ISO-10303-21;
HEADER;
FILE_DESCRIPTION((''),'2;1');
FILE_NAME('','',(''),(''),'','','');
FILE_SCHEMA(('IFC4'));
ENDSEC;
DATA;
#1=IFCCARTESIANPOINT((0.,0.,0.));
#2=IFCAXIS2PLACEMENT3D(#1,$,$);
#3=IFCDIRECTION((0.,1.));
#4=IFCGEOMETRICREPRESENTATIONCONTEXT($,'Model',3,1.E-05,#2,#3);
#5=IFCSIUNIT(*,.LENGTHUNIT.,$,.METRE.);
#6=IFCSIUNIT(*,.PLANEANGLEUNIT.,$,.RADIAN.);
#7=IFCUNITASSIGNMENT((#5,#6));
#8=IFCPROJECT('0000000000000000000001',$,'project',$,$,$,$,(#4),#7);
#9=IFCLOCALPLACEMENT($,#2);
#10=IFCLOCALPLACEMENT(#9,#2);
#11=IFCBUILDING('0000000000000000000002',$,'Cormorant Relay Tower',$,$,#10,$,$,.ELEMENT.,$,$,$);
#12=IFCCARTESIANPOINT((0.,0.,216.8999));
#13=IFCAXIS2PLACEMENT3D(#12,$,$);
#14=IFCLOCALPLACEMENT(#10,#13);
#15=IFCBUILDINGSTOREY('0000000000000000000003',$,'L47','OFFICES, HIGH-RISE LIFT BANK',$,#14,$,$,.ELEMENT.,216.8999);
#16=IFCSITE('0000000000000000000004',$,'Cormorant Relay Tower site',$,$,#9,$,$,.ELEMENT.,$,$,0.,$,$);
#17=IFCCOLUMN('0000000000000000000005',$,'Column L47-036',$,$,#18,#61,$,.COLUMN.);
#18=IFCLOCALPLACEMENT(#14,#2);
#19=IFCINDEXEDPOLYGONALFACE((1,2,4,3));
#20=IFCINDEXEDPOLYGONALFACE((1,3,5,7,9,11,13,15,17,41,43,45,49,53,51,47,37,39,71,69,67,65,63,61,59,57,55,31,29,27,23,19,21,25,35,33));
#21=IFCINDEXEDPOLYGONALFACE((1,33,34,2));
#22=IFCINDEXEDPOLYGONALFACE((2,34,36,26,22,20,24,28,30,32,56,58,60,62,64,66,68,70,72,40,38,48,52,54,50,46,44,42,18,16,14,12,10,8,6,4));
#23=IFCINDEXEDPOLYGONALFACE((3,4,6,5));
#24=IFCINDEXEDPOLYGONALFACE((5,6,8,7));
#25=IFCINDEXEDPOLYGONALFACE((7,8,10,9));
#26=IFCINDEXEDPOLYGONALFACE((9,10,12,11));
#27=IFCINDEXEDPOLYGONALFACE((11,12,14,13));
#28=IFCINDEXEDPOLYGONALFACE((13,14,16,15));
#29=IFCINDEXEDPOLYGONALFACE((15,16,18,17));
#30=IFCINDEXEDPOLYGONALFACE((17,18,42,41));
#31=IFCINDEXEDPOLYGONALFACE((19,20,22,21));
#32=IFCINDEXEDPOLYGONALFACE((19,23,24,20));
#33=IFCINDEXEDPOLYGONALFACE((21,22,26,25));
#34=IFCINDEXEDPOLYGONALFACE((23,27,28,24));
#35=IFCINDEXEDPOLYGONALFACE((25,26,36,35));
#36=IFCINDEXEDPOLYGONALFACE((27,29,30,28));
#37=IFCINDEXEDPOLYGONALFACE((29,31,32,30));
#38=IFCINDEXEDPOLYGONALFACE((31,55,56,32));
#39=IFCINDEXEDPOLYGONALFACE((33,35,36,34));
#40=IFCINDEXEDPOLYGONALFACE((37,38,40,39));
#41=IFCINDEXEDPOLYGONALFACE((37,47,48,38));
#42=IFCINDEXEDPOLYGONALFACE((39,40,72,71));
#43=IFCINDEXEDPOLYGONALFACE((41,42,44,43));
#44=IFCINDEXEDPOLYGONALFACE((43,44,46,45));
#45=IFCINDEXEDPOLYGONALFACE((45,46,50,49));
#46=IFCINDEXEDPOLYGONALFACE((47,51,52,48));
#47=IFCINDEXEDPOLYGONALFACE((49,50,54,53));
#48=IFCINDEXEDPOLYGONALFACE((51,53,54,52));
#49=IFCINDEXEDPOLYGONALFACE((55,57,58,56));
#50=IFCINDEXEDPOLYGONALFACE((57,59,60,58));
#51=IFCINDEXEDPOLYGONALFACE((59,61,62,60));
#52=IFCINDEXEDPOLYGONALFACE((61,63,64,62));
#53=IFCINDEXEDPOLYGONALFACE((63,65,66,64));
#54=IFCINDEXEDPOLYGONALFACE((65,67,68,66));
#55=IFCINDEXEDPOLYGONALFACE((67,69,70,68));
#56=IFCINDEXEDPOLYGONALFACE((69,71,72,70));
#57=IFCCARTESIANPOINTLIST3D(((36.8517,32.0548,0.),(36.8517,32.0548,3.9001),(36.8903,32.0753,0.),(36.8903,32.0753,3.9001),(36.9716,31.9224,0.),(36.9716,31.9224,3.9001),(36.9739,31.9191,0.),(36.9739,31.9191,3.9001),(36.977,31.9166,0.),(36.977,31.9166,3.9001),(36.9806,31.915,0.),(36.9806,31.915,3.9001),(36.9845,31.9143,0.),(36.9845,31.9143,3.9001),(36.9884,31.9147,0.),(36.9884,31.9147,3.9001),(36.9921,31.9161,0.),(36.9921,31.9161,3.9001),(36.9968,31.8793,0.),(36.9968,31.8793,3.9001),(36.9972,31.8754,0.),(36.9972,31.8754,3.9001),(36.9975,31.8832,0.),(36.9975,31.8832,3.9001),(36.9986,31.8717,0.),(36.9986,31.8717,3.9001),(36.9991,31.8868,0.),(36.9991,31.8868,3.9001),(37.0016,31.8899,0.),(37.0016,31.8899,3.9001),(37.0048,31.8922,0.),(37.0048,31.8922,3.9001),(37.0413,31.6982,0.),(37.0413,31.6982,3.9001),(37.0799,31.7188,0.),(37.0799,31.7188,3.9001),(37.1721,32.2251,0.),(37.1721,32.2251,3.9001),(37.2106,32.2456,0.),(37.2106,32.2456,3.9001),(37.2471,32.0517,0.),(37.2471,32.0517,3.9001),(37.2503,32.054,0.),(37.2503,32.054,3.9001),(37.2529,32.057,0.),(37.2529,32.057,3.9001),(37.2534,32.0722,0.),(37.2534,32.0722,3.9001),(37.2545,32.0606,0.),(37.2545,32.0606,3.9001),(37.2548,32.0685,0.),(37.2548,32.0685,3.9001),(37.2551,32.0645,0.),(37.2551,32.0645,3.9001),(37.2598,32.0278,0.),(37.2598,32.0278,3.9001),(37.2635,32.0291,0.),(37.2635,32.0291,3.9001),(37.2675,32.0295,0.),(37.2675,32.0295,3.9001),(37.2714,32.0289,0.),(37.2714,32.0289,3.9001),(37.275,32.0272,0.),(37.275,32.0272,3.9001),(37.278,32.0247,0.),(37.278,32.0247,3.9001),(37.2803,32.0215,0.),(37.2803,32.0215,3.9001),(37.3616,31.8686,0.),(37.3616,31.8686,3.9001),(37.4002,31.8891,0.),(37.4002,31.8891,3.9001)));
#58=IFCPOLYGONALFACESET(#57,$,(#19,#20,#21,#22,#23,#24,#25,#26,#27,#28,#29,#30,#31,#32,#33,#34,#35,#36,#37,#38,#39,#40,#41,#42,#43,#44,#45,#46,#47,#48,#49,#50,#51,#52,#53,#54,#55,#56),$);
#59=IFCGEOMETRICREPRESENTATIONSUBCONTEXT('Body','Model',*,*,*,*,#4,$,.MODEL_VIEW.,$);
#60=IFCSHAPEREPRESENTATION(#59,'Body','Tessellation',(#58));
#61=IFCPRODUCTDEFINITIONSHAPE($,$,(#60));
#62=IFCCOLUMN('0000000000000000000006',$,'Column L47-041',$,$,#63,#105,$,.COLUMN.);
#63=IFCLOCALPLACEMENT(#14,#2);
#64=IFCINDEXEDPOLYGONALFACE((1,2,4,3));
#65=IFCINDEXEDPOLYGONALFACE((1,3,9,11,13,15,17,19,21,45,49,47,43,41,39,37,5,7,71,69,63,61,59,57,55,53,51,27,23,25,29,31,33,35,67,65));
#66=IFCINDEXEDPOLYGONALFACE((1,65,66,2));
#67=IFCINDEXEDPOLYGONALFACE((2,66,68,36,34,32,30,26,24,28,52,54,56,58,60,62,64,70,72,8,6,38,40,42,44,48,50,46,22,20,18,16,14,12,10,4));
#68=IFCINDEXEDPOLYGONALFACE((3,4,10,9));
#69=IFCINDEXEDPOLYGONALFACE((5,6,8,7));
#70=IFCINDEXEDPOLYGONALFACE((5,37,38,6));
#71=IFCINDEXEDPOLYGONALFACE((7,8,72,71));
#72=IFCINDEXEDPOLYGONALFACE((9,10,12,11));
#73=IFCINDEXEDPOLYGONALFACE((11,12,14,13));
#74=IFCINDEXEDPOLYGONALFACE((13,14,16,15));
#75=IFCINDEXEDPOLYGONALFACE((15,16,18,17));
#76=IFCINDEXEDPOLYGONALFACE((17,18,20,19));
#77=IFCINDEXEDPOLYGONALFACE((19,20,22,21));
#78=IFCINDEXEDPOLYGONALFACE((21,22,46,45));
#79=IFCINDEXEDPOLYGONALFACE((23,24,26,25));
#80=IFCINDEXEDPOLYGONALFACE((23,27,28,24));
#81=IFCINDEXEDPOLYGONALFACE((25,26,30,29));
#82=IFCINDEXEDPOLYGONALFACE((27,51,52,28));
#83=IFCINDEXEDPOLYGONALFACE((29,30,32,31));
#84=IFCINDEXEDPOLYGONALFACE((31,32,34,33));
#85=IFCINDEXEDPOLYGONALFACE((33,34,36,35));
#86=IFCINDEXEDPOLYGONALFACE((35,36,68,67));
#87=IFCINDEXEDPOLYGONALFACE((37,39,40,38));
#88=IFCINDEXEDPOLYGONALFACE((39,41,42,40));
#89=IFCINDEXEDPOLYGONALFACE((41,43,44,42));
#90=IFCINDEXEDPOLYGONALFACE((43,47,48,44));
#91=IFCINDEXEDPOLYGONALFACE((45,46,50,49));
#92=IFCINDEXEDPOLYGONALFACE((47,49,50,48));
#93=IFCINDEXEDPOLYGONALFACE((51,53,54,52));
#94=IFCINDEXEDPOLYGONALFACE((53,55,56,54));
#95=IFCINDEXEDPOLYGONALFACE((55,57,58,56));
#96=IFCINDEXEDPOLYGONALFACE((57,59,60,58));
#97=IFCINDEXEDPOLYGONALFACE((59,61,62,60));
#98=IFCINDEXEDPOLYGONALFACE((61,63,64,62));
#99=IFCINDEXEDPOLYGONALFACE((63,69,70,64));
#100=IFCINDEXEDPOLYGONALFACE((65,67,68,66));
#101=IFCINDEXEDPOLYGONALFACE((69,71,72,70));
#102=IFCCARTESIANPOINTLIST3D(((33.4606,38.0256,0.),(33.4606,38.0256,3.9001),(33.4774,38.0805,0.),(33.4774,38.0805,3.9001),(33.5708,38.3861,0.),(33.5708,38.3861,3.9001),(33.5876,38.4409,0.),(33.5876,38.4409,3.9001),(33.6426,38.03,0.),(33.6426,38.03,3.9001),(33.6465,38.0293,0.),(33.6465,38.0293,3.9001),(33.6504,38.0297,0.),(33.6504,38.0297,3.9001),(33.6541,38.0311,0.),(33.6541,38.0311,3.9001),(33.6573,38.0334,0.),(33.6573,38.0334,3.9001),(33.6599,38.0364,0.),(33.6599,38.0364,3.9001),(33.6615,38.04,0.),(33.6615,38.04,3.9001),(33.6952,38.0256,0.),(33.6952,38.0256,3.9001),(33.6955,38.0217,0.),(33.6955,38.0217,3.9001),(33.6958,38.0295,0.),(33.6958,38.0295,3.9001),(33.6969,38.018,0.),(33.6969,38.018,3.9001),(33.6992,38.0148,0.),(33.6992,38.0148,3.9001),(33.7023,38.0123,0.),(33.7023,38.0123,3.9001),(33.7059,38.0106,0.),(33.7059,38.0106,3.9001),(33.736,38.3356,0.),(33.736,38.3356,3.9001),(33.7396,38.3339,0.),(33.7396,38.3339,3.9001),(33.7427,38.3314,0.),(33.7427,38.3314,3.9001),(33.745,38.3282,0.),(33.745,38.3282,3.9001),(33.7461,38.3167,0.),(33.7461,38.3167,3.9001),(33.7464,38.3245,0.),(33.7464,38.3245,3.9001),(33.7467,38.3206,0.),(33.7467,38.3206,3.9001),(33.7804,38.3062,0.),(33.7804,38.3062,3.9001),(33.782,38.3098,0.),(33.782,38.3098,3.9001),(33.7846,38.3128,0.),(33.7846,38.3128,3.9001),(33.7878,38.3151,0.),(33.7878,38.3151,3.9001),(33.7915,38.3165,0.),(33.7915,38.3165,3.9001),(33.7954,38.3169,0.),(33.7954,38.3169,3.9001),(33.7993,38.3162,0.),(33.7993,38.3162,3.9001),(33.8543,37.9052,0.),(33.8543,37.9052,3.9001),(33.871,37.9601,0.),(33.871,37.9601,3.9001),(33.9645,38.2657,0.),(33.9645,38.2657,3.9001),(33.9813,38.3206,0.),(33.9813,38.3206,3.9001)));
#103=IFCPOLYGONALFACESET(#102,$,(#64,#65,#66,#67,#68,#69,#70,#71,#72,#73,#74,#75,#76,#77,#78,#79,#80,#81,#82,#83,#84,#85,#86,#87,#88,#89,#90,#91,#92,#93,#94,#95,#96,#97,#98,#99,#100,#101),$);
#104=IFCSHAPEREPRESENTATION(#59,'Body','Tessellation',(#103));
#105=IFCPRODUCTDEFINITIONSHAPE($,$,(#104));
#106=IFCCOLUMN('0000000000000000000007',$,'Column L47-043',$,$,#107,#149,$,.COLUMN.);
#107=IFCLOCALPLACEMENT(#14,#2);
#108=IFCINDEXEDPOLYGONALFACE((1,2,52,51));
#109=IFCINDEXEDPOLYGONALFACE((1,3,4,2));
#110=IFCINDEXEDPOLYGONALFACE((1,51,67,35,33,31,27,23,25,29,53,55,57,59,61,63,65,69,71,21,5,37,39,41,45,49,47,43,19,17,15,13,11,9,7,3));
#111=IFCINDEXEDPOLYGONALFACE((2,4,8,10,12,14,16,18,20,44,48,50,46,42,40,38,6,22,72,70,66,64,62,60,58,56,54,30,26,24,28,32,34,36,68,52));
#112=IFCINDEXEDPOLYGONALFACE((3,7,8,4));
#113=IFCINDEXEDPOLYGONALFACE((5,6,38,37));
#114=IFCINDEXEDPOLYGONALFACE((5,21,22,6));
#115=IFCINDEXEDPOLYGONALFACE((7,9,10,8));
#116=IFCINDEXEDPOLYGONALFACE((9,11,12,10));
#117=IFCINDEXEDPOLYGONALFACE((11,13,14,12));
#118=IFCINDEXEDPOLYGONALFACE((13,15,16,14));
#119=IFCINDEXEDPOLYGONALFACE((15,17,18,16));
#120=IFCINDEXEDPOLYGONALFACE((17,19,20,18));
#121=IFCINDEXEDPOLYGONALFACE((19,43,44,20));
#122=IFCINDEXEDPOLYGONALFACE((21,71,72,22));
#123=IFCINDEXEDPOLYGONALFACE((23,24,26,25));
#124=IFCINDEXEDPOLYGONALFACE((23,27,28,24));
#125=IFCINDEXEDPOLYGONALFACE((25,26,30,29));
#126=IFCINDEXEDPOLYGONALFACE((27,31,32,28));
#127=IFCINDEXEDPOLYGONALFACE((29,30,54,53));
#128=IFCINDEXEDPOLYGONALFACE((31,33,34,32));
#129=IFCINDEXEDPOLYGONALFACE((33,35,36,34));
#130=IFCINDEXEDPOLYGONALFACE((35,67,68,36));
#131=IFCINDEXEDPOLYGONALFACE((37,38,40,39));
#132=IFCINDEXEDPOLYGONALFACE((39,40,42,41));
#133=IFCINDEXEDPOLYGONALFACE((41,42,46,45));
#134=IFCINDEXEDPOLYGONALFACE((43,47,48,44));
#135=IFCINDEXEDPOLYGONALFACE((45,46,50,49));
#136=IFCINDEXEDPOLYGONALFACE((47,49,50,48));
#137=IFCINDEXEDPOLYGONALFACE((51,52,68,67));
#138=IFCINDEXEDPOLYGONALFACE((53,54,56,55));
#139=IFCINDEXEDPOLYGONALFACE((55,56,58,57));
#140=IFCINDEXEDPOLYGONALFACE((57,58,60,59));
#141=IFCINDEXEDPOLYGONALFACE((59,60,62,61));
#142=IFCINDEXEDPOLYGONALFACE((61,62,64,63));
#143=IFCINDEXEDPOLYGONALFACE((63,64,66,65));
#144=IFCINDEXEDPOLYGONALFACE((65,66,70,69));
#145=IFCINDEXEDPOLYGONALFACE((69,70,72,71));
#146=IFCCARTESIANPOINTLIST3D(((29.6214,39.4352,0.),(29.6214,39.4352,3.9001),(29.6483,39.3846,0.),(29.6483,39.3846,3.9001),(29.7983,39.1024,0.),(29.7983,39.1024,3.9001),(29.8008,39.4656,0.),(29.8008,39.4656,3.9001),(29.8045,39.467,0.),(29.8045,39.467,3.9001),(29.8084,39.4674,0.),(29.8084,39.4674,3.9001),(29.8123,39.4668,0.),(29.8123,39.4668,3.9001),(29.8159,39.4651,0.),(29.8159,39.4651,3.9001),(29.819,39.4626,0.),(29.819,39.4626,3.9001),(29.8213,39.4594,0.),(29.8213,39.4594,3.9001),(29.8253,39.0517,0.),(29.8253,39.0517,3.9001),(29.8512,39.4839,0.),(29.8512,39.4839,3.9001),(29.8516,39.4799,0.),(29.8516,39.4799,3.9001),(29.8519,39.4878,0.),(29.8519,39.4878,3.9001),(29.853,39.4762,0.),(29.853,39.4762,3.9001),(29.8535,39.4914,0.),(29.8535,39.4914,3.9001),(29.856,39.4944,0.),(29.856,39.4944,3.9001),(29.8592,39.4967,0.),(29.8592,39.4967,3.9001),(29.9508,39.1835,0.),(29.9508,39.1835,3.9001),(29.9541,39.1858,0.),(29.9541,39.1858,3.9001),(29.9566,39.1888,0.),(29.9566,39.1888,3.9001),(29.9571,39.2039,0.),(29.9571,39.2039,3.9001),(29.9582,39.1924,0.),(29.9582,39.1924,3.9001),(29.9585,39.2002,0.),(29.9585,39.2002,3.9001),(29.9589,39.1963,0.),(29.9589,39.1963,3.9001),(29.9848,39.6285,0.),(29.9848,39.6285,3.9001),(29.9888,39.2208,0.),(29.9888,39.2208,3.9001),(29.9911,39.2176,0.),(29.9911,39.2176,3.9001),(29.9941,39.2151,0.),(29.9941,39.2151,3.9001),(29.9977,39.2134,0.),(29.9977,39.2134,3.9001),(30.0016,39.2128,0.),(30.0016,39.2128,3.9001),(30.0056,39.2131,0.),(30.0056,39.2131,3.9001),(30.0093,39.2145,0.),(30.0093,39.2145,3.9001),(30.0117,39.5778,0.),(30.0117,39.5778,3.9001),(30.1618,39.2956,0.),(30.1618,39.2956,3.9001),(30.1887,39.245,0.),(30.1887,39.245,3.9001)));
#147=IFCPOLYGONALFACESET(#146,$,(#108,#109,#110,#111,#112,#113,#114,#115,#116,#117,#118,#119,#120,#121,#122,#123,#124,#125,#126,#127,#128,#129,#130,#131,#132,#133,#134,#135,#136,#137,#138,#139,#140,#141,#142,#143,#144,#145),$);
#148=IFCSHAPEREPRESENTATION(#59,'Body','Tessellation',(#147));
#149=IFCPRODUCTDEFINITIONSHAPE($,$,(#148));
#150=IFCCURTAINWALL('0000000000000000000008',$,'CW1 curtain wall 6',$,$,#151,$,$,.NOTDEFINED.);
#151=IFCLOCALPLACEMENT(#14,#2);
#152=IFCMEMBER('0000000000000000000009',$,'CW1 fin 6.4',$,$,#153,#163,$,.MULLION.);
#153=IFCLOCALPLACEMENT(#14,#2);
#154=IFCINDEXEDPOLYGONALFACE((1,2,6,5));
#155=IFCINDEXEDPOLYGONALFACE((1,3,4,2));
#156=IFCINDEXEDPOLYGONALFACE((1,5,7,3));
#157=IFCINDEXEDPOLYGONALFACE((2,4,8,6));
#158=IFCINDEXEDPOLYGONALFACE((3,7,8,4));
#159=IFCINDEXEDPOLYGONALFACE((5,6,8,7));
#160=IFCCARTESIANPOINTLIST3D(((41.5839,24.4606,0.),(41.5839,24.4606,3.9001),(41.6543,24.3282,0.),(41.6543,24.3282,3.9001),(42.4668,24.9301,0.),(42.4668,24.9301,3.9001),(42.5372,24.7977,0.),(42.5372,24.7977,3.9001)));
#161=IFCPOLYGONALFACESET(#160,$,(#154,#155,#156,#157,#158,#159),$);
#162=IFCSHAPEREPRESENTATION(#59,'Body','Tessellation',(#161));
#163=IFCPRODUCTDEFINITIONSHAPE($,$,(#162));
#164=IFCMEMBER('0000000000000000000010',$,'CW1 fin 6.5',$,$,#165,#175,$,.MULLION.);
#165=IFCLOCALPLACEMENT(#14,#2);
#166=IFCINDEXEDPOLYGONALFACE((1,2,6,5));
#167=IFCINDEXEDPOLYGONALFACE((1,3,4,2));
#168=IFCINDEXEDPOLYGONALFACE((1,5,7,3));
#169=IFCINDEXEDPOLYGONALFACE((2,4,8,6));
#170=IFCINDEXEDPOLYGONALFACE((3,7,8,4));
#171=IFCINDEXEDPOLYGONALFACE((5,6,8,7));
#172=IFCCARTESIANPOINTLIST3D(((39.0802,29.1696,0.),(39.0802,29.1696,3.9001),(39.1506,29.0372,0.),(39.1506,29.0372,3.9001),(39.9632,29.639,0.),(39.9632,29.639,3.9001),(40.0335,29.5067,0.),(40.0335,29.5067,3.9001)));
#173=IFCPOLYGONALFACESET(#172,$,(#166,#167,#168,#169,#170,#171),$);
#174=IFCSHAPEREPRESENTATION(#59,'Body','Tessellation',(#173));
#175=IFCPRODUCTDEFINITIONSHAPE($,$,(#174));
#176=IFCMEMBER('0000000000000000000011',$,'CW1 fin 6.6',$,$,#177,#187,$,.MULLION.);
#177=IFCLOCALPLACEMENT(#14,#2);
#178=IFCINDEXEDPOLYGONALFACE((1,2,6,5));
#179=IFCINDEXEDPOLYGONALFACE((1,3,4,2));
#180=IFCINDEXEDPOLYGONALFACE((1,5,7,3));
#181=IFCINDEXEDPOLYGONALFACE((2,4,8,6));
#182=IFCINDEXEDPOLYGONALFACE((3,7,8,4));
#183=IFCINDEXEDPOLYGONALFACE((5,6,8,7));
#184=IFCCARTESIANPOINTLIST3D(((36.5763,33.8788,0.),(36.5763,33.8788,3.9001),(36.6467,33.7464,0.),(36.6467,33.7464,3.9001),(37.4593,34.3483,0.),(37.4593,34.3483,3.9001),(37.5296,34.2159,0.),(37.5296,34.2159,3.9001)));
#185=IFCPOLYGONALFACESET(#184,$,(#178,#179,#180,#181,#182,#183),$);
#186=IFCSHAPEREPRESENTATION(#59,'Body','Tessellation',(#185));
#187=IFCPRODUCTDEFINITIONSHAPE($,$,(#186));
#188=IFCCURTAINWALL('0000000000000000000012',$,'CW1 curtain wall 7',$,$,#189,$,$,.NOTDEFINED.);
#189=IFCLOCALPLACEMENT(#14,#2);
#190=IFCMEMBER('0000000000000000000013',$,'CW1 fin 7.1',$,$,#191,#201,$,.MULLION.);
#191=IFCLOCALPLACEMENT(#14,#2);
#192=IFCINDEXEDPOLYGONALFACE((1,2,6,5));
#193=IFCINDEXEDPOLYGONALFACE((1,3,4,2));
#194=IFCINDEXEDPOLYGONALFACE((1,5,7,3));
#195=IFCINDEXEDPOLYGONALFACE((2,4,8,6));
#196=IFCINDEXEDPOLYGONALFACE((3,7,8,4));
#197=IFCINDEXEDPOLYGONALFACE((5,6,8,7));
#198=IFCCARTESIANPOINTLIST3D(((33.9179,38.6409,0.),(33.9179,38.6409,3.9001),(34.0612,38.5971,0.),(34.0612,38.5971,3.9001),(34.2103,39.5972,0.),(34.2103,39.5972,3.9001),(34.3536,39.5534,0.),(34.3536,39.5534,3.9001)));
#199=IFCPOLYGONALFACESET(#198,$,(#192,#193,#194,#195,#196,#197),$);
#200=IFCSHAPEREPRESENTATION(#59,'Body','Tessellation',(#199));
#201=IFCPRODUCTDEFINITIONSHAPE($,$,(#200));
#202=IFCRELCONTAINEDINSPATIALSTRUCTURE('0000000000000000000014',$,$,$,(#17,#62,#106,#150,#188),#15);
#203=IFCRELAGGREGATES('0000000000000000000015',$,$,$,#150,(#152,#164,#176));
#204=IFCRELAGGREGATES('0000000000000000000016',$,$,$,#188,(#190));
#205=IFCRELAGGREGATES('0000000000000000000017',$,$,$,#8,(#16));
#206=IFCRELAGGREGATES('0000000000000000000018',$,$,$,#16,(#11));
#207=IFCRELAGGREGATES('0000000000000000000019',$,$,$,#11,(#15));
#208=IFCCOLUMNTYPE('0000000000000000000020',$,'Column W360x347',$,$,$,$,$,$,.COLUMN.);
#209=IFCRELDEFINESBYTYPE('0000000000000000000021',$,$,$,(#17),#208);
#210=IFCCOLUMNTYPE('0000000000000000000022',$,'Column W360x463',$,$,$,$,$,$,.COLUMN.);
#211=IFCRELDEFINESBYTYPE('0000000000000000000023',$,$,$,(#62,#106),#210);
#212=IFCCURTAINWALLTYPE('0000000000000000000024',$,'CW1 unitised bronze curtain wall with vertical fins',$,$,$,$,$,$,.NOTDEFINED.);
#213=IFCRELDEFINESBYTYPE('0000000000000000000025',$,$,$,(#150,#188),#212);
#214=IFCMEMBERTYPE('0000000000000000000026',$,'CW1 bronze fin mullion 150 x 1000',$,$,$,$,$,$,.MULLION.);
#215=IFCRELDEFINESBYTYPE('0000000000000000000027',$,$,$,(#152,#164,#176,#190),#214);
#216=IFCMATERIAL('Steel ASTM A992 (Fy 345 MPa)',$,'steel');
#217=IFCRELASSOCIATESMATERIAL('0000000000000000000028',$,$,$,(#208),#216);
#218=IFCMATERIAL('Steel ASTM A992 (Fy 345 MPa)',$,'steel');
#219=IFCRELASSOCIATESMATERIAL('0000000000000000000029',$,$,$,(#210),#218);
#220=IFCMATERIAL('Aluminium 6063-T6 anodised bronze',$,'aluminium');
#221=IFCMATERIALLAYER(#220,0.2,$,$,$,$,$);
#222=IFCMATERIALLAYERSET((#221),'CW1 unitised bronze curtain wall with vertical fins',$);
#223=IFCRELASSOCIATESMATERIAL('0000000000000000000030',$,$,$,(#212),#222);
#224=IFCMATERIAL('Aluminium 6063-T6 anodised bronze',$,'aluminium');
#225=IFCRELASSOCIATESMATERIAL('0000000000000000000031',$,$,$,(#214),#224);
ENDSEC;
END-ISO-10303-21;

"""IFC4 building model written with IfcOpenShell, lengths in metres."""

from ifc_helpers import new_model, si_unit, direction, frame, origin, origin_2d, place, context, subcontext, project, spatial, rectangle, i_section, extrude, material, layer, layer_set, material_profile, profile_set, type_object, element, aggregate, save


model = new_model("IFC4")

# Units and contexts
model_context = context("Model", 3, precision=1e-05, world=origin(), true_north=direction((0.0, 1.0)))
body_context = subcontext(model_context, "Body", "Model", "MODEL_VIEW")
ifc_project = project(units=[si_unit("LENGTHUNIT", "METRE"), si_unit("PLANEANGLEUNIT", "RADIAN")], contexts=[model_context])

# Site, building, storey
site_placement = place(None, origin())
site = spatial("IfcSite", under=ifc_project, at=site_placement, Name="Cormorant Relay Tower site", CompositionType="ELEMENT", RefElevation=0.0)
building_placement = place(site_placement, origin())
building = spatial("IfcBuilding", under=site, at=building_placement, Name="Cormorant Relay Tower", CompositionType="ELEMENT")
storey_placement = place(building_placement, frame((0.0, 0.0, 216.8999)))
storey = spatial("IfcBuildingStorey", under=building, at=storey_placement, Name="L47", Description="OFFICES, HIGH-RISE LIFT BANK", CompositionType="ELEMENT", Elevation=216.8999)

# Columns
ifc_material_1 = material(Name="Steel ASTM A992 (Fy 345 MPa)", Category="steel")
ifc_material_profile_1 = material_profile(ifc_material_1, i_section(OverallWidth=0.4038, OverallDepth=0.4065, WebThickness=0.0271, FlangeThickness=0.0437, FilletRadius=0.0151, at=origin_2d()), Name="W360x347")
ifc_profile_set_1 = profile_set([ifc_material_profile_1], Name="Steel ASTM A992 (Fy 345 MPa)")
column_type_1 = type_object("IfcColumnType", Name="Column W360x347", PredefinedType="COLUMN", material=ifc_profile_set_1)
column_placement = place(storey_placement, frame((37.126, 31.9719, 0.0), z_axis=(0.0, 0.0, 1.0), x_axis=(-0.469472, 0.882948, 0.0)))
element("IfcColumn", 1, at=column_placement, inside=storey, type_object=column_type_1, Name="Column L47-036", PredefinedType="COLUMN", context=body_context, shape_type="SweptSolid", body=[
    extrude(i_section(OverallWidth=0.4038, OverallDepth=0.4065, WebThickness=0.0271, FlangeThickness=0.0437, FilletRadius=0.0151, at=origin_2d()), origin(), (0.0, 0.0, 1.0), 3.9001),
])
ifc_material_2 = material(Name="Steel ASTM A992 (Fy 345 MPa)", Category="steel")
ifc_material_profile_2 = material_profile(ifc_material_2, i_section(OverallWidth=0.4116, OverallDepth=0.4343, WebThickness=0.0359, FlangeThickness=0.0574, FilletRadius=0.0151, at=origin_2d()), Name="W360x463")
ifc_profile_set_2 = profile_set([ifc_material_profile_2], Name="Steel ASTM A992 (Fy 345 MPa)")
column_type_2 = type_object("IfcColumnType", Name="Column W360x463", PredefinedType="COLUMN", material=ifc_profile_set_2)
for number, where, z_axis, x_axis, name in (
    (2, (33.7209, 38.1731, 0.0), (0.0, 0.0, 1.0), (-0.956305, 0.292372, 0.0), "Column L47-041"),
    (3, (29.905, 39.3401, 0.0), (0.0, 0.0, 1.0), (-0.882948, -0.469472, 0.0), "Column L47-043"),
):
    element("IfcColumn", number, at=place(storey_placement, frame(where, z_axis=z_axis, x_axis=x_axis)), inside=storey, type_object=column_type_2, Name=name, PredefinedType="COLUMN", context=body_context, shape_type="SweptSolid", body=[
        extrude(i_section(OverallWidth=0.4116, OverallDepth=0.4343, WebThickness=0.0359, FlangeThickness=0.0574, FilletRadius=0.0151, at=origin_2d()), origin(), (0.0, 0.0, 1.0), 3.9001),
    ])

# Curtain wall, members
ifc_material_3 = material(Name="Aluminium 6063-T6 anodised bronze", Category="aluminium")
ifc_layer_1 = layer(ifc_material_3, 0.2)
ifc_layer_set_1 = layer_set([ifc_layer_1], Name="CW1 unitised bronze curtain wall with vertical fins")
curtain_wall_type = type_object("IfcCurtainWallType", Name="CW1 unitised bronze curtain wall with vertical fins", PredefinedType="NOTDEFINED", material=ifc_layer_set_1)
curtain_wall_1_placement = place(storey_placement, origin())
curtain_wall_1 = element("IfcCurtainWall", 4, at=curtain_wall_1_placement, inside=storey, type_object=curtain_wall_type, Name="CW1 curtain wall 6", PredefinedType="NOTDEFINED")
ifc_material_4 = material(Name="Aluminium 6063-T6 anodised bronze", Category="aluminium")
ifc_material_profile_3 = material_profile(ifc_material_4, rectangle(XDim=0.1499, YDim=1.0, at=origin_2d()), Name="AL 150x1000")
ifc_profile_set_3 = profile_set([ifc_material_profile_3], Name="Aluminium 6063-T6 anodised bronze")
member_type_1 = type_object("IfcMemberType", Name="CW1 bronze fin mullion 150 x 1000", PredefinedType="MULLION", material=ifc_profile_set_3)
member_1_placement = place(storey_placement, frame((42.0605, 24.6292, 0.0), z_axis=(0.0, 0.0, 1.0), x_axis=(-0.469472, 0.882948, 0.0)))
member_1 = element("IfcMember", 5, at=member_1_placement, type_object=member_type_1, Name="CW1 fin 6.4", PredefinedType="MULLION", context=body_context, shape_type="SweptSolid", body=[
    extrude(rectangle(XDim=0.1499, YDim=1.0, at=origin_2d()), origin(), (0.0, 0.0, 1.0), 3.9001),
])
member_2_placement = place(storey_placement, frame((39.5569, 29.3381, 0.0), z_axis=(0.0, 0.0, 1.0), x_axis=(-0.469472, 0.882948, 0.0)))
member_2 = element("IfcMember", 6, at=member_2_placement, type_object=member_type_1, Name="CW1 fin 6.5", PredefinedType="MULLION", context=body_context, shape_type="SweptSolid", body=[
    extrude(rectangle(XDim=0.1499, YDim=1.0, at=origin_2d()), origin(), (0.0, 0.0, 1.0), 3.9001),
])
member_3_placement = place(storey_placement, frame((37.053, 34.0474, 0.0), z_axis=(0.0, 0.0, 1.0), x_axis=(-0.469472, 0.882948, 0.0)))
member_3 = element("IfcMember", 7, at=member_3_placement, type_object=member_type_1, Name="CW1 fin 6.6", PredefinedType="MULLION", context=body_context, shape_type="SweptSolid", body=[
    extrude(rectangle(XDim=0.1499, YDim=1.0, at=origin_2d()), origin(), (0.0, 0.0, 1.0), 3.9001),
])

# Curtain wall, member
curtain_wall_2_placement = place(storey_placement, origin())
curtain_wall_2 = element("IfcCurtainWall", 8, at=curtain_wall_2_placement, inside=storey, type_object=curtain_wall_type, Name="CW1 curtain wall 7", PredefinedType="NOTDEFINED")
member_4_placement = place(storey_placement, frame((34.1357, 39.0972, 0.0), z_axis=(0.0, 0.0, 1.0), x_axis=(-0.956305, 0.292372, 0.0)))
member_4 = element("IfcMember", 9, at=member_4_placement, type_object=member_type_1, Name="CW1 fin 7.1", PredefinedType="MULLION", context=body_context, shape_type="SweptSolid", body=[
    extrude(rectangle(XDim=0.1499, YDim=1.0, at=origin_2d()), origin(), (0.0, 0.0, 1.0), 3.9001),
])

aggregate(curtain_wall_1, [member_1, member_2, member_3])
aggregate(curtain_wall_2, [member_4])

save(model, "model.ifc")
